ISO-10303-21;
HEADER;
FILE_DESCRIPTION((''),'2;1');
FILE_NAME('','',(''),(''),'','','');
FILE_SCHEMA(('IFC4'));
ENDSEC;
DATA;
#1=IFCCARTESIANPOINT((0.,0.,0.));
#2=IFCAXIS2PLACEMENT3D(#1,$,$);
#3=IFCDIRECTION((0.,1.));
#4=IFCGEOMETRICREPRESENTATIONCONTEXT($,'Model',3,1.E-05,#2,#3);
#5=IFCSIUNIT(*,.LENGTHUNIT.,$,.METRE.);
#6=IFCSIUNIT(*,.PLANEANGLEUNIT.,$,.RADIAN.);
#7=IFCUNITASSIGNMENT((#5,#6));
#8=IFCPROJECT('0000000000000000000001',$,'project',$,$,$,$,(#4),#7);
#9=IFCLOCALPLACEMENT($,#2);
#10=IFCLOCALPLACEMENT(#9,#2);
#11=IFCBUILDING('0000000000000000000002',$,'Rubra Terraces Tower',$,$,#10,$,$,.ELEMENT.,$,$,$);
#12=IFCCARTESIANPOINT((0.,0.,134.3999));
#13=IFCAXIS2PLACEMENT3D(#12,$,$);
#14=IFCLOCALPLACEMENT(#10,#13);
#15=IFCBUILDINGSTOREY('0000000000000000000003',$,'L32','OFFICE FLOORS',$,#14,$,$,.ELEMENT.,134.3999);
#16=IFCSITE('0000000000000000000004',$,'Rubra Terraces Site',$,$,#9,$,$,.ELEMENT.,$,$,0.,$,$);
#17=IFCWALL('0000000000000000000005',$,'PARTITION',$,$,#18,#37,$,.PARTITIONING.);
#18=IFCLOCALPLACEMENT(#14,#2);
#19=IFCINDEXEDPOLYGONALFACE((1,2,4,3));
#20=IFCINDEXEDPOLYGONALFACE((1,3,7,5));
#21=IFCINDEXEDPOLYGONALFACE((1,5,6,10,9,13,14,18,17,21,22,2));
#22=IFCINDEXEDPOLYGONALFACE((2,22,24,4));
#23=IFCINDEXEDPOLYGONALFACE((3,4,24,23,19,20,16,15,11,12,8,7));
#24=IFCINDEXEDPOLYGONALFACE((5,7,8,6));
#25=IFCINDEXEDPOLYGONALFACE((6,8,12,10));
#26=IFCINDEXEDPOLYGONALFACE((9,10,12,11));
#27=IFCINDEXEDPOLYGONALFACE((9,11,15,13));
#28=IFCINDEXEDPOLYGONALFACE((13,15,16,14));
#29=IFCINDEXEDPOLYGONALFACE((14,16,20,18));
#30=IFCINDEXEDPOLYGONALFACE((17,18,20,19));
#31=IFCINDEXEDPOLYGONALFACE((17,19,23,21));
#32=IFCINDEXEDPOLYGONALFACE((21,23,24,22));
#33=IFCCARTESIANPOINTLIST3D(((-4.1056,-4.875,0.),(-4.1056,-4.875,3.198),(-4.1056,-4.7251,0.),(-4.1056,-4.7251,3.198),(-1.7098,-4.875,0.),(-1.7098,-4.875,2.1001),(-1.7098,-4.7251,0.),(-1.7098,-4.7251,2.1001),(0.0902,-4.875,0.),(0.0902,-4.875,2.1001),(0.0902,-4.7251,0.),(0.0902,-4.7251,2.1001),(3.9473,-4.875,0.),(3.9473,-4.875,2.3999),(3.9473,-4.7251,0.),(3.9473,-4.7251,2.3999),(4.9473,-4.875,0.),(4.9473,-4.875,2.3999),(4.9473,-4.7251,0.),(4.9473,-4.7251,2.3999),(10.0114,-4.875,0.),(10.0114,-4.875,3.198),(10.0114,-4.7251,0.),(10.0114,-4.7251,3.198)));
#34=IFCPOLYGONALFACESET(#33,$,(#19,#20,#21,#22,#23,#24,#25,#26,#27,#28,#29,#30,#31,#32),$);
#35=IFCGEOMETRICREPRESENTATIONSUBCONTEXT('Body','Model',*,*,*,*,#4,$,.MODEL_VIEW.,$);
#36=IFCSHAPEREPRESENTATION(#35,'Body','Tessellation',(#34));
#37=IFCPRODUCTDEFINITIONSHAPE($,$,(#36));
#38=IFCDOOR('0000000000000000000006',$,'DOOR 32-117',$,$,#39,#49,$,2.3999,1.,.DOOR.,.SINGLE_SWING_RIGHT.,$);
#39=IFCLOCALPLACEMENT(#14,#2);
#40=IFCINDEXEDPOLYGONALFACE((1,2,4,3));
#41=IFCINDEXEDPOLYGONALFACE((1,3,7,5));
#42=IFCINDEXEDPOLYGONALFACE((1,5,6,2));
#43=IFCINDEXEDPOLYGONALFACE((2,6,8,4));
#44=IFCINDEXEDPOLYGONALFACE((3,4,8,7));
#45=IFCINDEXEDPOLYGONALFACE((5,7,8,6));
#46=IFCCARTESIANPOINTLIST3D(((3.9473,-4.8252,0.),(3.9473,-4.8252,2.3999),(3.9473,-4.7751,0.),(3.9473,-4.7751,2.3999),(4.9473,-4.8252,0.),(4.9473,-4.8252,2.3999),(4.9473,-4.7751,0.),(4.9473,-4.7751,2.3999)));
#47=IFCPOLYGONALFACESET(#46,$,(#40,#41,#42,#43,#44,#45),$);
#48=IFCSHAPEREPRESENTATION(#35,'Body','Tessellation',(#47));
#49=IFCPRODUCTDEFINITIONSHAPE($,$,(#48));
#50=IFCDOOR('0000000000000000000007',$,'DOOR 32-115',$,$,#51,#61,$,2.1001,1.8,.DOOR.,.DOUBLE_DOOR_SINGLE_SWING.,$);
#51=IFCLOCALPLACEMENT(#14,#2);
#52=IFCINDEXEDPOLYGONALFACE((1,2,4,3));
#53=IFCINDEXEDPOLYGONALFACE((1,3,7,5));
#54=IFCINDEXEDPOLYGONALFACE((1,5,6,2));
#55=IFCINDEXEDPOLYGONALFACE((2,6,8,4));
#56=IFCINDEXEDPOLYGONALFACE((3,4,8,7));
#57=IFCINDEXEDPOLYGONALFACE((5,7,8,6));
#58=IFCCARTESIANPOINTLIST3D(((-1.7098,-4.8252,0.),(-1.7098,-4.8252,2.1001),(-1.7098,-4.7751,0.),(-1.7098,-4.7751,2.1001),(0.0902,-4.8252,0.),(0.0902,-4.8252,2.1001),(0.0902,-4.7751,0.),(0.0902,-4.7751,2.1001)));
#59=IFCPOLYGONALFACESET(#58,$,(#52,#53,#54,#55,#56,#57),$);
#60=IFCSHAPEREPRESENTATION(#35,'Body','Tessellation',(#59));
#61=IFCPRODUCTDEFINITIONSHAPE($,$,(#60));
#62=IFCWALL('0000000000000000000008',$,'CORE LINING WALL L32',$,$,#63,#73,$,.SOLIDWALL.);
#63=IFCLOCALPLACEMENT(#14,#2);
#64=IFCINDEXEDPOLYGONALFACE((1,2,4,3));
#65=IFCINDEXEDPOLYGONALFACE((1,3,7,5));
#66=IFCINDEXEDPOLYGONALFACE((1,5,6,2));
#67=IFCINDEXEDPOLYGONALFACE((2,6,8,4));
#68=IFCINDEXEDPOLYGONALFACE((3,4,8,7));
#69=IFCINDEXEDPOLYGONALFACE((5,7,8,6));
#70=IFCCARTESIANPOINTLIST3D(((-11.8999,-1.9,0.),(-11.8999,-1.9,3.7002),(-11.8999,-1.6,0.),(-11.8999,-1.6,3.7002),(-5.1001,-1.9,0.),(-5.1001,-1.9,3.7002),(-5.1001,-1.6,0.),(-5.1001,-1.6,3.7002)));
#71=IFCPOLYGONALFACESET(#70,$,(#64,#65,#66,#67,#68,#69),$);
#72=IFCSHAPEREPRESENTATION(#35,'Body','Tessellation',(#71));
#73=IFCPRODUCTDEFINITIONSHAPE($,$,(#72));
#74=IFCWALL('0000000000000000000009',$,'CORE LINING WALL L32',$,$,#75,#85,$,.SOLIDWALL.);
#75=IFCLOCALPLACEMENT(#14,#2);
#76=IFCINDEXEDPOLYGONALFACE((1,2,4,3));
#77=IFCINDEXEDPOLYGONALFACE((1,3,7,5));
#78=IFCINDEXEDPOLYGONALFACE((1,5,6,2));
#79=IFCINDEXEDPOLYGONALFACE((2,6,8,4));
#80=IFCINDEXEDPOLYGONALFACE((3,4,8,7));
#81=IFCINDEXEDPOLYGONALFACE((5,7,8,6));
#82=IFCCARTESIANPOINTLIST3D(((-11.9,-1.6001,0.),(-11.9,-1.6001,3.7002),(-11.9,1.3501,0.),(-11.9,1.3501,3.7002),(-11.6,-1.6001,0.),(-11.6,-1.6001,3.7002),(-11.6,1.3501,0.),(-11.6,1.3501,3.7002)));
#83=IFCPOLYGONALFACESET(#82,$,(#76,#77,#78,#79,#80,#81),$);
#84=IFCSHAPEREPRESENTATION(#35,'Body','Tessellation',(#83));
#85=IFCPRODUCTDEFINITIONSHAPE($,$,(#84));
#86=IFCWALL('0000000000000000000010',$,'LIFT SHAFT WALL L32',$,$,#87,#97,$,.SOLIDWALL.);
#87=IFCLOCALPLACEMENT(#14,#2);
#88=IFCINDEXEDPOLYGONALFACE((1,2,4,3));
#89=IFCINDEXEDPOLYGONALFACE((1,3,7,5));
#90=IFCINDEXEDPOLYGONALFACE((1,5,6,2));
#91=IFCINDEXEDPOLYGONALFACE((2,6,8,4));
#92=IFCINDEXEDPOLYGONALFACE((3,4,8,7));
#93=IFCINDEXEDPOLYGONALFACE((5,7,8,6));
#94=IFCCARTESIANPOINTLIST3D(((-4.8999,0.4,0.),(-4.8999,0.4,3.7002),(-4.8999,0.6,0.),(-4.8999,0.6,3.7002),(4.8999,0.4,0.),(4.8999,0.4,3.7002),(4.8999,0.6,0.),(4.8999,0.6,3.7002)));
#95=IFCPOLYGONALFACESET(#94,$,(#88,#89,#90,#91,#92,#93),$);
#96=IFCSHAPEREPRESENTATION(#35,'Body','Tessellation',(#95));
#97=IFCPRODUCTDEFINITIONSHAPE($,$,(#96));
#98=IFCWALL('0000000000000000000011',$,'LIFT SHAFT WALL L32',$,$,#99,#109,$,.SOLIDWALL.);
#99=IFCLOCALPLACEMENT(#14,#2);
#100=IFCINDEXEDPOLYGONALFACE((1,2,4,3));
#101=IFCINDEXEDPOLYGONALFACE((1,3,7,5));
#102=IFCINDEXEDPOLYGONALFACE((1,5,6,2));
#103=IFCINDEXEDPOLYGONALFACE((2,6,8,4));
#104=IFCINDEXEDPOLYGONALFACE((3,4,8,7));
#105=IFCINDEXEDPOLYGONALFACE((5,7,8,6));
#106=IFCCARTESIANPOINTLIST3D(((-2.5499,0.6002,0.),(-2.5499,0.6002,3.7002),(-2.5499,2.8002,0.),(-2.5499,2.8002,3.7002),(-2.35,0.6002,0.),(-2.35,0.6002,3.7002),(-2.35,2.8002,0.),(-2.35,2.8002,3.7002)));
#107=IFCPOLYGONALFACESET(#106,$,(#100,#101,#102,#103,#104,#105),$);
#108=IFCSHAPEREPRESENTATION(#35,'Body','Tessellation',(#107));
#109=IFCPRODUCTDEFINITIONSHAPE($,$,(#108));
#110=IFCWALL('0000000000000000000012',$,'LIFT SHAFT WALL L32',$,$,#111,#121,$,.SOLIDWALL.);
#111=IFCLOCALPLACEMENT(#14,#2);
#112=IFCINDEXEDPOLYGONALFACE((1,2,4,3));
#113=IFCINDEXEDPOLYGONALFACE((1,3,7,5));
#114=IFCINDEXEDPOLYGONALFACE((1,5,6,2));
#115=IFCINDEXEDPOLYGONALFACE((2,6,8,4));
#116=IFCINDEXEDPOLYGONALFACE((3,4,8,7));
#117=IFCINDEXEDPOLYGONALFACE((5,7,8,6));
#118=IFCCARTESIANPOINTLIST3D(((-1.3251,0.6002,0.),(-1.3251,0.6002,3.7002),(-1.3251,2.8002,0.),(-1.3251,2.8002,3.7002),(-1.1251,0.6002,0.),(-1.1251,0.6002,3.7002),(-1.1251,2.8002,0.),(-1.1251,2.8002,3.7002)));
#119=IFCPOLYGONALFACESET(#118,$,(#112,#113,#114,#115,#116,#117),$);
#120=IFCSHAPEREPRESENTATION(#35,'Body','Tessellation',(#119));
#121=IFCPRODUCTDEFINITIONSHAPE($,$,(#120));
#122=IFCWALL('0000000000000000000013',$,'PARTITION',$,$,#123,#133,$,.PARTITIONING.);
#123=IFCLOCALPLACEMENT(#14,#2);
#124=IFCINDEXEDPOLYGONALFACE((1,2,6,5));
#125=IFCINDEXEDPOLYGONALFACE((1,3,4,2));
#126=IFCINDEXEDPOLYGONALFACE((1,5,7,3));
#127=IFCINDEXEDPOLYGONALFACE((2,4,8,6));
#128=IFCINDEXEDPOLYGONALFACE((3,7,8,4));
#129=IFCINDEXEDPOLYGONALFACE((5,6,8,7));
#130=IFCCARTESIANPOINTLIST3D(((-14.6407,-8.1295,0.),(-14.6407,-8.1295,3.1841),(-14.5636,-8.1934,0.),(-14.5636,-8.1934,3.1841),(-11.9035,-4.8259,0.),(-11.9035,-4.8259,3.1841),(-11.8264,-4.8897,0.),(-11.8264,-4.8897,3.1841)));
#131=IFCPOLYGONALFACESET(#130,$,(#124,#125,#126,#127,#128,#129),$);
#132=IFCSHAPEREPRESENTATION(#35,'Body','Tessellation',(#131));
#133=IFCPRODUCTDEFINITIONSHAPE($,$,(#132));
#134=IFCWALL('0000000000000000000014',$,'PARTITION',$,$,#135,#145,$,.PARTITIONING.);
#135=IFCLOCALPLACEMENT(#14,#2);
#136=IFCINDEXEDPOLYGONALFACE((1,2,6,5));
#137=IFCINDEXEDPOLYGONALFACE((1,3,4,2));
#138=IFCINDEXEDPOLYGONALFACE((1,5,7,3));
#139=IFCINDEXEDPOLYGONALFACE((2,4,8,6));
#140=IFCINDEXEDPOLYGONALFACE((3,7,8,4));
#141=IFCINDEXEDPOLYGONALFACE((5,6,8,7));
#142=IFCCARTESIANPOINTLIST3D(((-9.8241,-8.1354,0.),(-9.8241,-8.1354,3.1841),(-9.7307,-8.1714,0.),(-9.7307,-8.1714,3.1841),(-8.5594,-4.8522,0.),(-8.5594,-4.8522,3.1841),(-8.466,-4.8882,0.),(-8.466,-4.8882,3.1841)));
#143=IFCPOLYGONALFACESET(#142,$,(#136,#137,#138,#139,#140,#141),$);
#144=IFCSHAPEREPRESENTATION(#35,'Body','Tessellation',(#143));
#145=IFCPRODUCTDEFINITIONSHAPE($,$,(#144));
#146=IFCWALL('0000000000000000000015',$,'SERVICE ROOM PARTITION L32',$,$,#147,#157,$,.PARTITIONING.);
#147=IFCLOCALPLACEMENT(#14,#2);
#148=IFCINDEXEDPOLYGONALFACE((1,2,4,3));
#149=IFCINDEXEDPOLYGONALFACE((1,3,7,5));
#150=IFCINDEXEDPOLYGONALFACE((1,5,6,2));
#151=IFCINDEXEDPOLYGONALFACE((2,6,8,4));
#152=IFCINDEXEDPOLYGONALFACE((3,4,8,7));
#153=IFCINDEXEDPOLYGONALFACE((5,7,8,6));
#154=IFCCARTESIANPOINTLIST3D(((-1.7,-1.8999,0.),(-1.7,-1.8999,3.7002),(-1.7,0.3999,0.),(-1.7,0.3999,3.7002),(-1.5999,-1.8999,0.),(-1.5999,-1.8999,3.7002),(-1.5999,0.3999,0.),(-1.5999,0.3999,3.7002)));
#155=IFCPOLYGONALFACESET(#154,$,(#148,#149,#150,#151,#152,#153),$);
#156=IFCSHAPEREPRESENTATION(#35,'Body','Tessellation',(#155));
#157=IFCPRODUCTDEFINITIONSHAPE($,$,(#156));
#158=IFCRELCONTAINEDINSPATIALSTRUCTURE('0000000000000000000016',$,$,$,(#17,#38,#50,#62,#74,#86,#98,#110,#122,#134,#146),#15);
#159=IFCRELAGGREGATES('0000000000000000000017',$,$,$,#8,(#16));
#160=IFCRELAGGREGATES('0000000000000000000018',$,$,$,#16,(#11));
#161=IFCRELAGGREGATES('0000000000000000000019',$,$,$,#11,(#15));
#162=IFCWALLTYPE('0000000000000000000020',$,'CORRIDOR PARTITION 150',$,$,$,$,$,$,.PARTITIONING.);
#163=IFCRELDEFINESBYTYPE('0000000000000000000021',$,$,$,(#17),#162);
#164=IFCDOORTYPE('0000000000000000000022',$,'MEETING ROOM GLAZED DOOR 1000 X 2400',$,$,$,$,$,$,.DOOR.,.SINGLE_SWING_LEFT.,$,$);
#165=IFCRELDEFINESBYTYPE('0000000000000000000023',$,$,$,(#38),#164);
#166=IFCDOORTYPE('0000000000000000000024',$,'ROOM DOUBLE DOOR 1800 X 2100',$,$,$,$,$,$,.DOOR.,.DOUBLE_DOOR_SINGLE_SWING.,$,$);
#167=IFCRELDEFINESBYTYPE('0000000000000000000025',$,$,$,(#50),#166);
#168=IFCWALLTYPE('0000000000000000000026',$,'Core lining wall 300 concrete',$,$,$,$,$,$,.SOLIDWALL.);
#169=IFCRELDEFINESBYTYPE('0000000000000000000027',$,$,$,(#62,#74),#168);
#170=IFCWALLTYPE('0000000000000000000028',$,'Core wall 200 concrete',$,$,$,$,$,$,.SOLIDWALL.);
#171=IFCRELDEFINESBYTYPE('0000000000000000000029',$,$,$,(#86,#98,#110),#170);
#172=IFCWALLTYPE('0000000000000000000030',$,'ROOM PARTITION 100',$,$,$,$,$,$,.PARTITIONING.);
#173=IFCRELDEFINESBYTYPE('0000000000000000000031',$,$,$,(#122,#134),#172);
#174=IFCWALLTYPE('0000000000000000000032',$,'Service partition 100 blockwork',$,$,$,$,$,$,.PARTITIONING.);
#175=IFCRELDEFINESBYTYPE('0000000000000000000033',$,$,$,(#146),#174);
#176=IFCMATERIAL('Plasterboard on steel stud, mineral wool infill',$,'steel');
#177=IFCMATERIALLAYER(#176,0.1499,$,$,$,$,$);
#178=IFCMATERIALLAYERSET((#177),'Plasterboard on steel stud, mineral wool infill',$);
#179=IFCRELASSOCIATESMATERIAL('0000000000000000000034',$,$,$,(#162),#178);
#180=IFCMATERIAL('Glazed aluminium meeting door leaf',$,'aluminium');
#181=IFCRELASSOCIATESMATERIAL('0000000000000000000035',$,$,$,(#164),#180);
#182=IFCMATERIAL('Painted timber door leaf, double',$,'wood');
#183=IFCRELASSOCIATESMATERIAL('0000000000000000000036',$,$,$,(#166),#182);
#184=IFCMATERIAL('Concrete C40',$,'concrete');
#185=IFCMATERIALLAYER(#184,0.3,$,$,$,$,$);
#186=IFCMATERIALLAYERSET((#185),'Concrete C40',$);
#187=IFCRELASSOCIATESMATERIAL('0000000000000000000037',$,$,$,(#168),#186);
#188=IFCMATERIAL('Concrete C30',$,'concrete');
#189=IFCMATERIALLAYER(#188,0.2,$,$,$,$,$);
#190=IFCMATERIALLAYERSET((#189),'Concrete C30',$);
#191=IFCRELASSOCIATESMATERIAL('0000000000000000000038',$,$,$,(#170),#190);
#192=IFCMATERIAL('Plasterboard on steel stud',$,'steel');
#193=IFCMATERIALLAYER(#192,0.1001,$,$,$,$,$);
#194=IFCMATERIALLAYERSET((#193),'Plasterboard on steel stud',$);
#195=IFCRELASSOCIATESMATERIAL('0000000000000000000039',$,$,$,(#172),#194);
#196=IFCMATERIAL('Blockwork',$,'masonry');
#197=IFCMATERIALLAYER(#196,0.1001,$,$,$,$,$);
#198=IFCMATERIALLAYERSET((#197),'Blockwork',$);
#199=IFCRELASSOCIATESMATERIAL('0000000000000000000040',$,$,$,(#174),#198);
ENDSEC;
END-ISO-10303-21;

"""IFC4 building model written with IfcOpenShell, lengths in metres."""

from ifc_helpers import new_model, si_unit, direction, frame, frame_2d, origin, place, context, subcontext, project, spatial, rectangle, extrude, material, layer, layer_set, type_object, element, fill, save


model = new_model("IFC4")

# Units and contexts
model_context = context("Model", 3, precision=1e-05, world=origin(), true_north=direction((0.0, 1.0)))
body_context = subcontext(model_context, "Body", "Model", "MODEL_VIEW")
ifc_project = project(units=[si_unit("LENGTHUNIT", "METRE"), si_unit("PLANEANGLEUNIT", "RADIAN")], contexts=[model_context])

# Site, building, storey
site_placement = place(None, origin())
site = spatial("IfcSite", under=ifc_project, at=site_placement, Name="Rubra Terraces Site", CompositionType="ELEMENT", RefElevation=0.0)
building_placement = place(site_placement, origin())
building = spatial("IfcBuilding", under=site, at=building_placement, Name="Rubra Terraces Tower", CompositionType="ELEMENT")
storey_placement = place(building_placement, frame((0.0, 0.0, 134.3999)))
storey = spatial("IfcBuildingStorey", under=building, at=storey_placement, Name="L32", Description="OFFICE FLOORS", CompositionType="ELEMENT", Elevation=134.3999)

# Shared definitions
ifc_material_1 = material(Name="Concrete C40", Category="concrete")

# Wall, openings, doors
ifc_material_2 = material(Name="Plasterboard on steel stud, mineral wool infill", Category="steel")
ifc_layer_1 = layer(ifc_material_2, 0.1499)
ifc_layer_set_1 = layer_set([ifc_layer_1], Name="Plasterboard on steel stud, mineral wool infill")
wall_type_1 = type_object("IfcWallType", Name="CORRIDOR PARTITION 150", PredefinedType="PARTITIONING", material=ifc_layer_set_1)
wall_1_placement = place(storey_placement, frame((-4.1057, -4.8, 0.0), z_axis=(0.0, 0.0, 1.0), x_axis=(1.0, 0.0, 0.0)))
wall_1 = element("IfcWall", 1, at=wall_1_placement, inside=storey, type_object=wall_type_1, Name="PARTITION", PredefinedType="PARTITIONING", context=body_context, shape_type="SweptSolid", body=[
    extrude(rectangle(XDim=14.1169, YDim=0.1499, at=frame_2d((7.0586, 0.0))), origin(), (0.0, 0.0, 1.0), 3.198),
])
opening_1_placement = place(wall_1_placement, frame((2.396, 0.0, 0.0)))
opening_1 = element("IfcOpeningElement", 2, at=opening_1_placement, cuts=wall_1, PredefinedType="OPENING", context=body_context, shape_type="SweptSolid", body=[
    extrude(rectangle(XDim=1.8, YDim=2.1001, at=frame_2d((0.8999, 1.05))), frame((0.0, 0.085, 0.0), z_axis=(0.0, -1.0, 0.0), x_axis=(1.0, 0.0, 0.0)), (0.0, 0.0, 1.0), 0.1699),
])
opening_2_placement = place(wall_1_placement, frame((8.053, 0.0, 0.0)))
opening_2 = element("IfcOpeningElement", 3, at=opening_2_placement, cuts=wall_1, PredefinedType="OPENING", context=body_context, shape_type="SweptSolid", body=[
    extrude(rectangle(XDim=1.0, YDim=2.3999, at=frame_2d((0.5, 1.2))), frame((0.0, 0.085, 0.0), z_axis=(0.0, -1.0, 0.0), x_axis=(1.0, 0.0, 0.0)), (0.0, 0.0, 1.0), 0.1699),
])
ifc_material_3 = material(Name="Glazed aluminium meeting door leaf", Category="aluminium")
door_type_1 = type_object("IfcDoorType", Name="MEETING ROOM GLAZED DOOR 1000 X 2400", OperationType="SINGLE_SWING_LEFT", PredefinedType="DOOR", material=ifc_material_3)
door_1_placement = place(opening_2_placement, origin())
door_1 = element("IfcDoor", 4, at=door_1_placement, inside=storey, type_object=door_type_1, Name="DOOR 32-117", OperationType="SINGLE_SWING_RIGHT", OverallHeight=2.3999, OverallWidth=1.0, PredefinedType="DOOR", context=body_context, shape_type="SweptSolid", body=[
    extrude(rectangle(XDim=1.0, YDim=2.3999, at=frame_2d((0.5, 1.2))), frame((0.0, 0.0249, 0.0), z_axis=(0.0, -1.0, 0.0), x_axis=(1.0, 0.0, 0.0)), (0.0, 0.0, 1.0), 0.05),
])
fill(opening_2, door_1)
ifc_material_4 = material(Name="Painted timber door leaf, double", Category="wood")
door_type_2 = type_object("IfcDoorType", Name="ROOM DOUBLE DOOR 1800 X 2100", OperationType="DOUBLE_DOOR_SINGLE_SWING", PredefinedType="DOOR", material=ifc_material_4)
door_2_placement = place(opening_1_placement, origin())
door_2 = element("IfcDoor", 5, at=door_2_placement, inside=storey, type_object=door_type_2, Name="DOOR 32-115", OperationType="DOUBLE_DOOR_SINGLE_SWING", OverallHeight=2.1001, OverallWidth=1.8, PredefinedType="DOOR", context=body_context, shape_type="SweptSolid", body=[
    extrude(rectangle(XDim=1.8, YDim=2.1001, at=frame_2d((0.8999, 1.05))), frame((0.0, 0.0249, 0.0), z_axis=(0.0, -1.0, 0.0), x_axis=(1.0, 0.0, 0.0)), (0.0, 0.0, 1.0), 0.05),
])
fill(opening_1, door_2)

# Walls
ifc_layer_2 = layer(ifc_material_1, 0.3)
ifc_layer_set_2 = layer_set([ifc_layer_2], Name="Concrete C40")
wall_type_2 = type_object("IfcWallType", Name="Core lining wall 300 concrete", PredefinedType="SOLIDWALL", material=ifc_layer_set_2)
wall_2_placement = place(storey_placement, frame((-11.8999, -1.75, 0.0), z_axis=(0.0, 0.0, 1.0), x_axis=(1.0, 0.0, 0.0)))
element("IfcWall", 6, at=wall_2_placement, inside=storey, type_object=wall_type_2, Name="CORE LINING WALL L32", PredefinedType="SOLIDWALL", context=body_context, shape_type="SweptSolid", body=[
    extrude(rectangle(XDim=6.7998, YDim=0.3, at=frame_2d((3.3999, 0.0))), origin(), (0.0, 0.0, 1.0), 3.7002),
])
wall_3_placement = place(storey_placement, frame((-11.75, -1.6001, 0.0), z_axis=(0.0, 0.0, 1.0), x_axis=(0.0, 1.0, 0.0)))
element("IfcWall", 7, at=wall_3_placement, inside=storey, type_object=wall_type_2, Name="CORE LINING WALL L32", PredefinedType="SOLIDWALL", context=body_context, shape_type="SweptSolid", body=[
    extrude(rectangle(XDim=2.9502, YDim=0.3, at=frame_2d((1.4751, 0.0))), origin(), (0.0, 0.0, 1.0), 3.7002),
])
ifc_material_5 = material(Name="Concrete C30", Category="concrete")
ifc_layer_3 = layer(ifc_material_5, 0.2)
ifc_layer_set_3 = layer_set([ifc_layer_3], Name="Concrete C30")
wall_type_3 = type_object("IfcWallType", Name="Core wall 200 concrete", PredefinedType="SOLIDWALL", material=ifc_layer_set_3)
wall_4_placement = place(storey_placement, frame((-4.8999, 0.5, 0.0), z_axis=(0.0, 0.0, 1.0), x_axis=(1.0, 0.0, 0.0)))
element("IfcWall", 8, at=wall_4_placement, inside=storey, type_object=wall_type_3, Name="LIFT SHAFT WALL L32", PredefinedType="SOLIDWALL", context=body_context, shape_type="SweptSolid", body=[
    extrude(rectangle(XDim=9.7998, YDim=0.2, at=frame_2d((4.8999, 0.0))), origin(), (0.0, 0.0, 1.0), 3.7002),
])
for number, where, z_axis, x_axis, name in (
    (9, (-2.45, 0.6001, 0.0), (0.0, 0.0, 1.0), (0.0, 1.0, 0.0), "LIFT SHAFT WALL L32"),
    (10, (-1.2251, 0.6001, 0.0), (0.0, 0.0, 1.0), (0.0, 1.0, 0.0), "LIFT SHAFT WALL L32"),
):
    element("IfcWall", number, at=place(storey_placement, frame(where, z_axis=z_axis, x_axis=x_axis)), inside=storey, type_object=wall_type_3, Name=name, PredefinedType="SOLIDWALL", context=body_context, shape_type="SweptSolid", body=[
        extrude(rectangle(XDim=2.2, YDim=0.2, at=frame_2d((1.1001, 0.0))), origin(), (0.0, 0.0, 1.0), 3.7002),
    ])
ifc_material_6 = material(Name="Plasterboard on steel stud", Category="steel")
ifc_layer_4 = layer(ifc_material_6, 0.1001)
ifc_layer_set_4 = layer_set([ifc_layer_4], Name="Plasterboard on steel stud")
wall_type_4 = type_object("IfcWallType", Name="ROOM PARTITION 100", PredefinedType="PARTITIONING", material=ifc_layer_set_4)
wall_5_placement = place(storey_placement, frame((-11.865, -4.8579, 0.0), z_axis=(0.0, 0.0, 1.0), x_axis=(-0.63801, -0.770028, 0.0)))
element("IfcWall", 11, at=wall_5_placement, inside=storey, type_object=wall_type_4, Name="PARTITION", PredefinedType="PARTITIONING", context=body_context, shape_type="SweptSolid", body=[
    extrude(rectangle(XDim=4.2903, YDim=0.1001, at=frame_2d((2.145, 0.0))), origin(), (0.0, 0.0, 1.0), 3.1841),
])
wall_6_placement = place(storey_placement, frame((-8.5127, -4.8701, 0.0), z_axis=(0.0, 0.0, 1.0), x_axis=(-0.359444, -0.933167, 0.0)))
element("IfcWall", 12, at=wall_6_placement, inside=storey, type_object=wall_type_4, Name="PARTITION", PredefinedType="PARTITIONING", context=body_context, shape_type="SweptSolid", body=[
    extrude(rectangle(XDim=3.5183, YDim=0.1001, at=frame_2d((1.7593, 0.0))), origin(), (0.0, 0.0, 1.0), 3.1841),
])
ifc_material_7 = material(Name="Blockwork", Category="masonry")
ifc_layer_5 = layer(ifc_material_7, 0.1001)
ifc_layer_set_5 = layer_set([ifc_layer_5], Name="Blockwork")
wall_type_5 = type_object("IfcWallType", Name="Service partition 100 blockwork", PredefinedType="PARTITIONING", material=ifc_layer_set_5)
wall_7_placement = place(storey_placement, frame((-1.6499, -1.8999, 0.0), z_axis=(0.0, 0.0, 1.0), x_axis=(0.0, 1.0, 0.0)))
element("IfcWall", 13, at=wall_7_placement, inside=storey, type_object=wall_type_5, Name="SERVICE ROOM PARTITION L32", PredefinedType="PARTITIONING", context=body_context, shape_type="SweptSolid", body=[
    extrude(rectangle(XDim=2.2998, YDim=0.1001, at=frame_2d((1.1499, 0.0))), origin(), (0.0, 0.0, 1.0), 3.7002),
])

save(model, "model.ifc")
